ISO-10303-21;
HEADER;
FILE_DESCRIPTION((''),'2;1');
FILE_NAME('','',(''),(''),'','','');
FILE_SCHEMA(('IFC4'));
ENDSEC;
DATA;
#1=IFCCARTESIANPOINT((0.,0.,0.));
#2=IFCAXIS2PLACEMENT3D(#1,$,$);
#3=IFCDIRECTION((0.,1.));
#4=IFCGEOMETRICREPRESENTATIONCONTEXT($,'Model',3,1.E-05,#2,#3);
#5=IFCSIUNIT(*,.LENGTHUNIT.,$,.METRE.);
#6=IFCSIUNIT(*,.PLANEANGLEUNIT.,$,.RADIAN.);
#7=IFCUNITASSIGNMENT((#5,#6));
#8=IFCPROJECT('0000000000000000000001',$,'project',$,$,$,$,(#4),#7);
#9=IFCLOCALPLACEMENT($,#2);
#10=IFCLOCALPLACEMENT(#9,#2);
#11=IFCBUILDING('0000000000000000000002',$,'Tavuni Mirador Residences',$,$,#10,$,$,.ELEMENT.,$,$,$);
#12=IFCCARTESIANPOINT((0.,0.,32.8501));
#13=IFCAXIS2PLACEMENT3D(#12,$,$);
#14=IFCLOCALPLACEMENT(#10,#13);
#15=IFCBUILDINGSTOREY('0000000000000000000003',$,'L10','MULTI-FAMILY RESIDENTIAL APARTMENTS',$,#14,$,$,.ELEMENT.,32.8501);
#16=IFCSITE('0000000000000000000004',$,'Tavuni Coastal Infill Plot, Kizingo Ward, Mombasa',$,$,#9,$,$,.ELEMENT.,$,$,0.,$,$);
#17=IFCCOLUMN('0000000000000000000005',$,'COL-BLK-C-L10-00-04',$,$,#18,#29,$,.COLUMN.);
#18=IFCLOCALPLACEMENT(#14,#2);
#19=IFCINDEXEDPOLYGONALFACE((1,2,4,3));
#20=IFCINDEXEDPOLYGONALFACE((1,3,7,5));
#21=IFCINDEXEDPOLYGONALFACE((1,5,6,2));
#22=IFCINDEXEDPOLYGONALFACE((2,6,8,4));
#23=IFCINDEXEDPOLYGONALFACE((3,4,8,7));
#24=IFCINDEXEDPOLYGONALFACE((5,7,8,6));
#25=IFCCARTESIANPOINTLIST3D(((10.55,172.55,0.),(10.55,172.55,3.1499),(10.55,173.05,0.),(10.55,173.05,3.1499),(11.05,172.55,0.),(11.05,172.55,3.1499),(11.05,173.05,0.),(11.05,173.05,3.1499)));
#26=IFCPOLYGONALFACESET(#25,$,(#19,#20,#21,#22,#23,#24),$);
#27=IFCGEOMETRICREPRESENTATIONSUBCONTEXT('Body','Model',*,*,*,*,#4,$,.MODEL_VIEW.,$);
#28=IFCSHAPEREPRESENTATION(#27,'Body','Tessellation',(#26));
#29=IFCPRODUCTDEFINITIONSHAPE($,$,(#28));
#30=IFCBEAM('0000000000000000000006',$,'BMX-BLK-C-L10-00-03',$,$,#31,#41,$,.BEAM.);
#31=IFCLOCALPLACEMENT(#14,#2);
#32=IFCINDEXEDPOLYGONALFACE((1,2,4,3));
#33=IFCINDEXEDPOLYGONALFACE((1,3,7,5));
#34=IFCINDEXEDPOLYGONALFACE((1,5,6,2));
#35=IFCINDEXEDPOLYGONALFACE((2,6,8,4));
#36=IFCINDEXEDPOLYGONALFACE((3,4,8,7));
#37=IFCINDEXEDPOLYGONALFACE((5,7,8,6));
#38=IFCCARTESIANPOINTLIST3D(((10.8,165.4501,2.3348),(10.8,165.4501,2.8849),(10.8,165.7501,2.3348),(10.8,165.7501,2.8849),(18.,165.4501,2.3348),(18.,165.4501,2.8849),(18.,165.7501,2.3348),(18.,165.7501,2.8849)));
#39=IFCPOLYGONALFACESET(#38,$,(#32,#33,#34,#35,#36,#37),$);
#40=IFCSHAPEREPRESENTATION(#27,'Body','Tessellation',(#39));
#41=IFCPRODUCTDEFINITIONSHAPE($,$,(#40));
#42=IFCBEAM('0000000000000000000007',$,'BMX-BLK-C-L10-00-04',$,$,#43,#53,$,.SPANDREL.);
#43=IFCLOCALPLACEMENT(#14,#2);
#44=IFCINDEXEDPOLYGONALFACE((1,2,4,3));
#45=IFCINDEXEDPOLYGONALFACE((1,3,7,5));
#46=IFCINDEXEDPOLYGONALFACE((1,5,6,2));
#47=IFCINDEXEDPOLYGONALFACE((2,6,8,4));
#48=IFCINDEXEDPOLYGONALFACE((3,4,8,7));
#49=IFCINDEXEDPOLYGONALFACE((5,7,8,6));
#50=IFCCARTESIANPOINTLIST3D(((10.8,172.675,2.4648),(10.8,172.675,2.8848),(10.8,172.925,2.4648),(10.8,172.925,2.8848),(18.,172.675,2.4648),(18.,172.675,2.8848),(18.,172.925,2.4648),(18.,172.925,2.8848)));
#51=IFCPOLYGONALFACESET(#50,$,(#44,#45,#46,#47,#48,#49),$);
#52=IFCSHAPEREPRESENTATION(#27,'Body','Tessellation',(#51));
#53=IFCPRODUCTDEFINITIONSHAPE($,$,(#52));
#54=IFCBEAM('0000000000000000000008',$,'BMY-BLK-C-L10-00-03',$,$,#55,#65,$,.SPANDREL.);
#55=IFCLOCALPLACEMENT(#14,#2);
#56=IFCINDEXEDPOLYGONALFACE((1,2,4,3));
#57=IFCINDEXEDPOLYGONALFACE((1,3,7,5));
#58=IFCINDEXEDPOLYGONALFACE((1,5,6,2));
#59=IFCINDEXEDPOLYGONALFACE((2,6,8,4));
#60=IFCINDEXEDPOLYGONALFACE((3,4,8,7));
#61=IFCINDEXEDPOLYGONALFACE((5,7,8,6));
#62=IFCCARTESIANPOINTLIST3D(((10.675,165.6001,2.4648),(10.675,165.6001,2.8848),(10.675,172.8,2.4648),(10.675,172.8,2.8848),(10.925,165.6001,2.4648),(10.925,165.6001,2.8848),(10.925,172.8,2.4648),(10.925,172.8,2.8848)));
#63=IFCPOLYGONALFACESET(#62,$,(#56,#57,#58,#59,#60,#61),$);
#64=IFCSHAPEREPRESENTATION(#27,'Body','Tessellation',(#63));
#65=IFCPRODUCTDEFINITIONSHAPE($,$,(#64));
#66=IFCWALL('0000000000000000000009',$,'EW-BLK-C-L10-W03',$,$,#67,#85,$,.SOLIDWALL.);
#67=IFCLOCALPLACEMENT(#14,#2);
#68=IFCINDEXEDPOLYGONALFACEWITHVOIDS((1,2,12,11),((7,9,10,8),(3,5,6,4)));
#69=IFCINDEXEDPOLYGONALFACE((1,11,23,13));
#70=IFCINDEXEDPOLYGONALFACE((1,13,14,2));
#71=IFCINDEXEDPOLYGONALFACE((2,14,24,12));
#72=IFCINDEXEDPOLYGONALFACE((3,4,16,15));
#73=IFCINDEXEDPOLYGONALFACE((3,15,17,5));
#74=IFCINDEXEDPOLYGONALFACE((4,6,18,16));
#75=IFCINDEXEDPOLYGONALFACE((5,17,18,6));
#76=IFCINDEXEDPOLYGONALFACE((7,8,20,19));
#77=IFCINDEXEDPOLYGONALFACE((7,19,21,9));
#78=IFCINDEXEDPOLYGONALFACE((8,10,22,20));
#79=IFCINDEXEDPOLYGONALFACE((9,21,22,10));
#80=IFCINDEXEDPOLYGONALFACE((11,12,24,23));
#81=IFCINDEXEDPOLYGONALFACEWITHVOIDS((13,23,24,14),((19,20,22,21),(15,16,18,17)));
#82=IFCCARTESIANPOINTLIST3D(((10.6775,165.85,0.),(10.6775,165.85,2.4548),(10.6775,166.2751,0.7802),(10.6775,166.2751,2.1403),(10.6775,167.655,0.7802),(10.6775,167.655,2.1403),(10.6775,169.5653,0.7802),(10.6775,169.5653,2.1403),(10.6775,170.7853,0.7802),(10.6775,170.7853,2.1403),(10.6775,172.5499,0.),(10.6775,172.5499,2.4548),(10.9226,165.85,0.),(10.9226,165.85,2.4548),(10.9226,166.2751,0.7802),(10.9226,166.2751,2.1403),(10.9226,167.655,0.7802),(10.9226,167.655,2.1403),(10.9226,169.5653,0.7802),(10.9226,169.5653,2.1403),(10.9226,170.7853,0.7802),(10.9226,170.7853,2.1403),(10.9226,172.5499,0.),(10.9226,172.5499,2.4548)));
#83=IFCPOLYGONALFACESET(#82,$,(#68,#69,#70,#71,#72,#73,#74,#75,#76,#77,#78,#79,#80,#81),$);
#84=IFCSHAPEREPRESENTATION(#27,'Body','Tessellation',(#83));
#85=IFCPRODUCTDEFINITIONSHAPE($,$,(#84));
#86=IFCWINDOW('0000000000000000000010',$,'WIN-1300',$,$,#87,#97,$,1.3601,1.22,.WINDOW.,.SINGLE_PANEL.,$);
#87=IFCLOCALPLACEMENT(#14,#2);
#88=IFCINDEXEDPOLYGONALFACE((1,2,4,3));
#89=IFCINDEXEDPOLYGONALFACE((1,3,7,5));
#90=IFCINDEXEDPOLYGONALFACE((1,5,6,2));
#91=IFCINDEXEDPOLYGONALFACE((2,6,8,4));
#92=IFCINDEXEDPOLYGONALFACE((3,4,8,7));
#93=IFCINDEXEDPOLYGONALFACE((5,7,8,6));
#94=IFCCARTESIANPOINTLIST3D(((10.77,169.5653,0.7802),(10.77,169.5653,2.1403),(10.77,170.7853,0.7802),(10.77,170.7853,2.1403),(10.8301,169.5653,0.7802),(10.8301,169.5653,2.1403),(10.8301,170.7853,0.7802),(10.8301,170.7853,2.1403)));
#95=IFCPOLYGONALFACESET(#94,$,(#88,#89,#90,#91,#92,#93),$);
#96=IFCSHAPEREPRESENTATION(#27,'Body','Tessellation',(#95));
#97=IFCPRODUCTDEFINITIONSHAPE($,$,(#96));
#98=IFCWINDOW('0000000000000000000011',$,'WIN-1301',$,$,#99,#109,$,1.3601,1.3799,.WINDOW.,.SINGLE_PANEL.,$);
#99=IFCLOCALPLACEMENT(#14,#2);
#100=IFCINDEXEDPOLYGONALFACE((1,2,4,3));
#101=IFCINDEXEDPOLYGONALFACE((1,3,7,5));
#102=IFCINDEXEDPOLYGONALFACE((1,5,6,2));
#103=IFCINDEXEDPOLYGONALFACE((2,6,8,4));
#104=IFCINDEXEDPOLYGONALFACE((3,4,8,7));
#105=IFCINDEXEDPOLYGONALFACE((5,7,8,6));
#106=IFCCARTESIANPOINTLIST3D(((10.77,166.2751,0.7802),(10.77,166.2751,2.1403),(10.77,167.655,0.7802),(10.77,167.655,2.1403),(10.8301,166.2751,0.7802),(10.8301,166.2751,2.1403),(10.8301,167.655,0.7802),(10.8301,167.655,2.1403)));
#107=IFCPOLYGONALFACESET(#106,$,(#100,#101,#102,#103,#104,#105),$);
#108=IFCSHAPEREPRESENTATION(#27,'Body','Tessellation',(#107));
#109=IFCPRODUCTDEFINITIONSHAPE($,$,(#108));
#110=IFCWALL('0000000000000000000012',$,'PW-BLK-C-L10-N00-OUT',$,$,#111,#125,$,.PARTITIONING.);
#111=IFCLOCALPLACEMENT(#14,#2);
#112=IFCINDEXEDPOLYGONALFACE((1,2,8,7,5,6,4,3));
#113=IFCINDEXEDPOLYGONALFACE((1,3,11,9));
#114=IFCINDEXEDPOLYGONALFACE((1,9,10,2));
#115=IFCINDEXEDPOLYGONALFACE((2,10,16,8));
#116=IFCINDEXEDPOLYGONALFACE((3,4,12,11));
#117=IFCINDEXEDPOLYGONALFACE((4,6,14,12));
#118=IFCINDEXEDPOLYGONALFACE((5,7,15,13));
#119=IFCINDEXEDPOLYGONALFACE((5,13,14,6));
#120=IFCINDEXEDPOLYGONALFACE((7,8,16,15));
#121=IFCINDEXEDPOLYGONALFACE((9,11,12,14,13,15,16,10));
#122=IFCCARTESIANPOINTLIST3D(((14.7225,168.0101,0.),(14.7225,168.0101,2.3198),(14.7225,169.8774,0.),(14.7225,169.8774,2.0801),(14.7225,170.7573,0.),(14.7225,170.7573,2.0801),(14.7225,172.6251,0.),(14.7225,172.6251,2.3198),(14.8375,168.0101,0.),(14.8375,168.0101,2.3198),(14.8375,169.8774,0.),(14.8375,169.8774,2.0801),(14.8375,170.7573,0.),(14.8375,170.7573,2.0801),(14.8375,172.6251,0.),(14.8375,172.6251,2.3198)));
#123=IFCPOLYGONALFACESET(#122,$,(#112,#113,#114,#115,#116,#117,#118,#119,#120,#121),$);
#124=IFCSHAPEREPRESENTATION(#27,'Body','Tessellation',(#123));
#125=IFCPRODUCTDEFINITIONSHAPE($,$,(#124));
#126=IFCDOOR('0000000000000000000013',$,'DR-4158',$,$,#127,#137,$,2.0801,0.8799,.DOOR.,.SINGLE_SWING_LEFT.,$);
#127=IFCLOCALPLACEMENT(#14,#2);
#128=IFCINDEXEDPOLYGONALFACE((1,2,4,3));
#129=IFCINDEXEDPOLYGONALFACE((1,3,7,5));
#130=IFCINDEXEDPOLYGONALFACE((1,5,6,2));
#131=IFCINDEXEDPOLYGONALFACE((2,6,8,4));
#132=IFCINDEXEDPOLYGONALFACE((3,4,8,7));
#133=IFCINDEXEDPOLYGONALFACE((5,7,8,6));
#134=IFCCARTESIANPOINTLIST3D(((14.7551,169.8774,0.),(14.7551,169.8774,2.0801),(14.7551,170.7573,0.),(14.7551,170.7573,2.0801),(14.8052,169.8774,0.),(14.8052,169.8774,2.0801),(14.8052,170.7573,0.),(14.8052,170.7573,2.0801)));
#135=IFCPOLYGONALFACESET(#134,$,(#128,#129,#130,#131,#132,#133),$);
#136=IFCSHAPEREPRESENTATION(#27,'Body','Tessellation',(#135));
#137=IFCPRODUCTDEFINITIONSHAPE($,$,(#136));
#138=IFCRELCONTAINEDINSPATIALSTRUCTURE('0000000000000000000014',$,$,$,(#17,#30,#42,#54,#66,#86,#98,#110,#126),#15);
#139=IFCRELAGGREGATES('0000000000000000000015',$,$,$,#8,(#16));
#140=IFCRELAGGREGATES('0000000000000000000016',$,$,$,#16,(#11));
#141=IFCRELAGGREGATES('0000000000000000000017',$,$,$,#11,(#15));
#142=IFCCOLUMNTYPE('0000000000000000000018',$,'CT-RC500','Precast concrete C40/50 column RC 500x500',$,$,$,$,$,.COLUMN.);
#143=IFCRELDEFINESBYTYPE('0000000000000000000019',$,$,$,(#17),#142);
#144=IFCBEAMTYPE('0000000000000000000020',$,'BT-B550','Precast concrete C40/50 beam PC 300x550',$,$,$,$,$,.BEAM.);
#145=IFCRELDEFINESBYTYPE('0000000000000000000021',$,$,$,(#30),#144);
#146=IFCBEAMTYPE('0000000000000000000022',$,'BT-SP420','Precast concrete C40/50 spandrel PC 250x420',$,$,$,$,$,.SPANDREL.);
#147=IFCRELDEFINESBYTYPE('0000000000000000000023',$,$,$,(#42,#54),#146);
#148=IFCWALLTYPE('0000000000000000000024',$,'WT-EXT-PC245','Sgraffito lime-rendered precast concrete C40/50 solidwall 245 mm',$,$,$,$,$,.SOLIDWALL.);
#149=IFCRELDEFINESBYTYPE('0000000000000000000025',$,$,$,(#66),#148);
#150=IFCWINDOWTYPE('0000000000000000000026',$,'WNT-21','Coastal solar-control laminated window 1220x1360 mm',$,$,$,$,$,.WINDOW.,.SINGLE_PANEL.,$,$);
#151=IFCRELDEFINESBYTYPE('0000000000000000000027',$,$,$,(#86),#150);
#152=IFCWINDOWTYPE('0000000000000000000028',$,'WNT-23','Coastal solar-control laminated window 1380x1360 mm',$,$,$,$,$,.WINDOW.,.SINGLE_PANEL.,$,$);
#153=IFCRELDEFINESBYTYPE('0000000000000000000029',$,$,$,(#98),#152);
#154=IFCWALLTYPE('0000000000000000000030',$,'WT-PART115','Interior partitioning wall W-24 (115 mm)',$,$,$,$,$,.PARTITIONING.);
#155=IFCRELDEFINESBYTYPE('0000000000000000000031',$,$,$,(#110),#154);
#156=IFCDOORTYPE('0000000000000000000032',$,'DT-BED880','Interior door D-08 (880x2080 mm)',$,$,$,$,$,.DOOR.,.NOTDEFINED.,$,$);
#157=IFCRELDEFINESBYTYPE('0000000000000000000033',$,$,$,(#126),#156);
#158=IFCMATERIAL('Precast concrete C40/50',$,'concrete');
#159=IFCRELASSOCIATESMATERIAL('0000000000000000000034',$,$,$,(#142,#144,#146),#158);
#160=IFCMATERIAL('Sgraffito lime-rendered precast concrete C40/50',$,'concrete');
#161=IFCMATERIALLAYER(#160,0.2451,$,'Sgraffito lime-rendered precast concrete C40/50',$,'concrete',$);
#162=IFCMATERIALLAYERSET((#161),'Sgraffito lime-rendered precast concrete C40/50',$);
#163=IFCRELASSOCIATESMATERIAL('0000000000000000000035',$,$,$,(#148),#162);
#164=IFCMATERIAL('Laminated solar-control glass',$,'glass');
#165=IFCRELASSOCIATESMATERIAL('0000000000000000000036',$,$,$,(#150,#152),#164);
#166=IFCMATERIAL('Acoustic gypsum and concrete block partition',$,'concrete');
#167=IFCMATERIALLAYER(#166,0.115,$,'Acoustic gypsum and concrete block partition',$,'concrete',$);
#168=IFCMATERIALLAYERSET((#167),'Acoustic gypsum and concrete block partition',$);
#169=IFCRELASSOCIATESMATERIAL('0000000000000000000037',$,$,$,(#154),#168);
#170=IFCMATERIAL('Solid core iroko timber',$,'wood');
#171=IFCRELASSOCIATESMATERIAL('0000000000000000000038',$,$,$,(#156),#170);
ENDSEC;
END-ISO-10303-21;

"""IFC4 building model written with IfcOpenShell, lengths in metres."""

from ifc_helpers import new_model, si_unit, direction, frame, frame_2d, origin, origin_2d, place, context, subcontext, project, spatial, rectangle, extrude, material, layer, layer_set, material_profile, profile_set, type_object, element, fill, save


model = new_model("IFC4")

# Units and contexts
model_context = context("Model", 3, precision=1e-05, world=origin(), true_north=direction((0.0, 1.0)))
body_context = subcontext(model_context, "Body", "Model", "MODEL_VIEW")
ifc_project = project(units=[si_unit("LENGTHUNIT", "METRE"), si_unit("PLANEANGLEUNIT", "RADIAN")], contexts=[model_context])

# Site, building, storey
site_placement = place(None, origin())
site = spatial("IfcSite", under=ifc_project, at=site_placement, Name="Tavuni Coastal Infill Plot, Kizingo Ward, Mombasa", CompositionType="ELEMENT", RefElevation=0.0)
building_placement = place(site_placement, origin())
building = spatial("IfcBuilding", under=site, at=building_placement, Name="Tavuni Mirador Residences", CompositionType="ELEMENT")
storey_placement = place(building_placement, frame((0.0, 0.0, 32.8501)))
storey = spatial("IfcBuildingStorey", under=building, at=storey_placement, Name="L10", Description="MULTI-FAMILY RESIDENTIAL APARTMENTS", CompositionType="ELEMENT", Elevation=32.8501)

# Column
ifc_material_1 = material(Name="Precast concrete C40/50", Category="concrete")
ifc_material_profile_1 = material_profile(ifc_material_1, rectangle(XDim=0.5, YDim=0.5, at=origin_2d()), Name="RC 500x500", Category="concrete")
ifc_profile_set_1 = profile_set([ifc_material_profile_1], Name="Precast concrete C40/50")
column_type = type_object("IfcColumnType", Name="CT-RC500", Description="Precast concrete C40/50 column RC 500x500", PredefinedType="COLUMN", material=ifc_profile_set_1)
column_placement = place(storey_placement, frame((10.8, 172.8, 0.0), z_axis=(0.0, 0.0, 1.0), x_axis=(1.0, 0.0, 0.0)))
element("IfcColumn", 1, at=column_placement, inside=storey, type_object=column_type, Name="COL-BLK-C-L10-00-04", PredefinedType="COLUMN", context=body_context, shape_type="SweptSolid", body=[
    extrude(rectangle(XDim=0.5, YDim=0.5, at=origin_2d()), origin(), (0.0, 0.0, 1.0), 3.1499),
])

# Beams
ifc_material_profile_2 = material_profile(ifc_material_1, rectangle(XDim=0.3, YDim=0.55, at=origin_2d()), Name="PC 300x550", Category="concrete")
ifc_profile_set_2 = profile_set([ifc_material_profile_2], Name="Precast concrete C40/50")
beam_type_1 = type_object("IfcBeamType", Name="BT-B550", Description="Precast concrete C40/50 beam PC 300x550", PredefinedType="BEAM", material=ifc_profile_set_2)
beam_placement = place(storey_placement, frame((10.8, 165.6001, 2.6099), z_axis=(1.0, 0.0, 0.0), x_axis=(0.0, 1.0, 0.0)))
element("IfcBeam", 2, at=beam_placement, inside=storey, type_object=beam_type_1, Name="BMX-BLK-C-L10-00-03", PredefinedType="BEAM", context=body_context, shape_type="SweptSolid", body=[
    extrude(rectangle(XDim=0.3, YDim=0.55, at=origin_2d()), origin(), (0.0, 0.0, 1.0), 7.2),
])
ifc_material_profile_3 = material_profile(ifc_material_1, rectangle(XDim=0.25, YDim=0.4199, at=origin_2d()), Name="PC 250x420", Category="concrete")
ifc_profile_set_3 = profile_set([ifc_material_profile_3], Name="Precast concrete C40/50")
beam_type_2 = type_object("IfcBeamType", Name="BT-SP420", Description="Precast concrete C40/50 spandrel PC 250x420", PredefinedType="SPANDREL", material=ifc_profile_set_3)
for number, where, z_axis, x_axis, name in (
    (3, (10.8, 172.8, 2.6748), (1.0, 0.0, 0.0), (0.0, 1.0, 0.0), "BMX-BLK-C-L10-00-04"),
    (4, (10.8, 165.6001, 2.6748), (0.0, 1.0, 0.0), (-1.0, 0.0, 0.0), "BMY-BLK-C-L10-00-03"),
):
    element("IfcBeam", number, at=place(storey_placement, frame(where, z_axis=z_axis, x_axis=x_axis)), inside=storey, type_object=beam_type_2, Name=name, PredefinedType="SPANDREL", context=body_context, shape_type="SweptSolid", body=[
        extrude(rectangle(XDim=0.25, YDim=0.4199, at=origin_2d()), origin(), (0.0, 0.0, 1.0), 7.2),
    ])

# Shared definitions
ifc_material_2 = material(Name="Solid core iroko timber", Category="wood")

# Wall, openings, windows
ifc_material_3 = material(Name="Sgraffito lime-rendered precast concrete C40/50", Category="concrete")
ifc_layer_1 = layer(ifc_material_3, 0.2451, Name="Sgraffito lime-rendered precast concrete C40/50", Category="concrete")
ifc_layer_set_1 = layer_set([ifc_layer_1], Name="Sgraffito lime-rendered precast concrete C40/50")
wall_type_1 = type_object("IfcWallType", Name="WT-EXT-PC245", Description="Sgraffito lime-rendered precast concrete C40/50 solidwall 245 mm", PredefinedType="SOLIDWALL", material=ifc_layer_set_1)
wall_1_placement = place(storey_placement, frame((10.8, 172.55, 0.0), z_axis=(0.0, 0.0, 1.0), x_axis=(0.0, -1.0, 0.0)))
wall_1 = element("IfcWall", 5, at=wall_1_placement, inside=storey, type_object=wall_type_1, Name="EW-BLK-C-L10-W03", PredefinedType="SOLIDWALL", context=body_context, shape_type="SweptSolid", body=[
    extrude(rectangle(XDim=6.7, YDim=0.2451, at=frame_2d((3.3501, 0.0))), origin(), (0.0, 0.0, 1.0), 2.4548),
])
opening_1_placement = place(wall_1_placement, frame((1.7649, 0.0, 0.78)))
opening_1 = element("IfcOpeningElement", 6, at=opening_1_placement, cuts=wall_1, PredefinedType="OPENING", context=body_context, shape_type="SweptSolid", body=[
    extrude(rectangle(XDim=1.22, YDim=1.3601, at=frame_2d((0.6099, 0.6802))), frame((0.0, 0.1326, 0.0), z_axis=(0.0, -1.0, 0.0), x_axis=(1.0, 0.0, 0.0)), (0.0, 0.0, 1.0), 0.2651),
])
opening_2_placement = place(wall_1_placement, frame((4.895, 0.0, 0.78)))
opening_2 = element("IfcOpeningElement", 7, at=opening_2_placement, cuts=wall_1, PredefinedType="OPENING", context=body_context, shape_type="SweptSolid", body=[
    extrude(rectangle(XDim=1.3799, YDim=1.3601, at=frame_2d((0.6899, 0.6802))), frame((0.0, 0.1326, 0.0), z_axis=(0.0, -1.0, 0.0), x_axis=(1.0, 0.0, 0.0)), (0.0, 0.0, 1.0), 0.2651),
])
ifc_material_4 = material(Name="Laminated solar-control glass", Category="glass")
window_type_1 = type_object("IfcWindowType", Name="WNT-21", Description="Coastal solar-control laminated window 1220x1360 mm", PartitioningType="SINGLE_PANEL", PredefinedType="WINDOW", material=ifc_material_4)
window_1_placement = place(opening_1_placement, origin())
window_1 = element("IfcWindow", 8, at=window_1_placement, inside=storey, type_object=window_type_1, Name="WIN-1300", OverallHeight=1.3601, OverallWidth=1.22, PartitioningType="SINGLE_PANEL", PredefinedType="WINDOW", context=body_context, shape_type="SweptSolid", body=[
    extrude(rectangle(XDim=1.22, YDim=1.3601, at=frame_2d((0.6099, 0.6802))), frame((0.0, 0.03, 0.0), z_axis=(0.0, -1.0, 0.0), x_axis=(1.0, 0.0, 0.0)), (0.0, 0.0, 1.0), 0.0601),
])
fill(opening_1, window_1)
window_type_2 = type_object("IfcWindowType", Name="WNT-23", Description="Coastal solar-control laminated window 1380x1360 mm", PartitioningType="SINGLE_PANEL", PredefinedType="WINDOW", material=ifc_material_4)
window_2_placement = place(opening_2_placement, origin())
window_2 = element("IfcWindow", 9, at=window_2_placement, inside=storey, type_object=window_type_2, Name="WIN-1301", OverallHeight=1.3601, OverallWidth=1.3799, PartitioningType="SINGLE_PANEL", PredefinedType="WINDOW", context=body_context, shape_type="SweptSolid", body=[
    extrude(rectangle(XDim=1.3799, YDim=1.3601, at=frame_2d((0.6899, 0.6802))), frame((0.0, 0.03, 0.0), z_axis=(0.0, -1.0, 0.0), x_axis=(1.0, 0.0, 0.0)), (0.0, 0.0, 1.0), 0.0601),
])
fill(opening_2, window_2)

# Wall, opening, door
ifc_material_5 = material(Name="Acoustic gypsum and concrete block partition", Category="concrete")
ifc_layer_2 = layer(ifc_material_5, 0.115, Name="Acoustic gypsum and concrete block partition", Category="concrete")
ifc_layer_set_2 = layer_set([ifc_layer_2], Name="Acoustic gypsum and concrete block partition")
wall_type_2 = type_object("IfcWallType", Name="WT-PART115", Description="Interior partitioning wall W-24 (115 mm)", PredefinedType="PARTITIONING", material=ifc_layer_set_2)
wall_2_placement = place(storey_placement, frame((14.78, 168.01, 0.0), z_axis=(0.0, 0.0, 1.0), x_axis=(0.0, 1.0, 0.0)))
wall_2 = element("IfcWall", 10, at=wall_2_placement, inside=storey, type_object=wall_type_2, Name="PW-BLK-C-L10-N00-OUT", PredefinedType="PARTITIONING", context=body_context, shape_type="SweptSolid", body=[
    extrude(rectangle(XDim=4.615, YDim=0.115, at=frame_2d((2.3076, 0.0))), origin(), (0.0, 0.0, 1.0), 2.3198),
])
opening_3_placement = place(wall_2_placement, frame((1.8674, 0.0, 0.0)))
opening_3 = element("IfcOpeningElement", 11, at=opening_3_placement, cuts=wall_2, PredefinedType="OPENING", context=body_context, shape_type="SweptSolid", body=[
    extrude(rectangle(XDim=0.8799, YDim=2.0801, at=frame_2d((0.4399, 1.04))), frame((0.0, 0.0674, 0.0), z_axis=(0.0, -1.0, 0.0), x_axis=(1.0, 0.0, 0.0)), (0.0, 0.0, 1.0), 0.135),
])
door_type_1 = type_object("IfcDoorType", Name="DT-BED880", Description="Interior door D-08 (880x2080 mm)", OperationType="NOTDEFINED", PredefinedType="DOOR", material=ifc_material_2)
door_1_placement = place(opening_3_placement, origin())
door_1 = element("IfcDoor", 12, at=door_1_placement, inside=storey, type_object=door_type_1, Name="DR-4158", OperationType="SINGLE_SWING_LEFT", OverallHeight=2.0801, OverallWidth=0.8799, PredefinedType="DOOR", context=body_context, shape_type="SweptSolid", body=[
    extrude(rectangle(XDim=0.8799, YDim=2.0801, at=frame_2d((0.4399, 1.04))), frame((0.0, 0.0249, 0.0), z_axis=(0.0, -1.0, 0.0), x_axis=(1.0, 0.0, 0.0)), (0.0, 0.0, 1.0), 0.05),
])
fill(opening_3, door_1)

save(model, "model.ifc")
